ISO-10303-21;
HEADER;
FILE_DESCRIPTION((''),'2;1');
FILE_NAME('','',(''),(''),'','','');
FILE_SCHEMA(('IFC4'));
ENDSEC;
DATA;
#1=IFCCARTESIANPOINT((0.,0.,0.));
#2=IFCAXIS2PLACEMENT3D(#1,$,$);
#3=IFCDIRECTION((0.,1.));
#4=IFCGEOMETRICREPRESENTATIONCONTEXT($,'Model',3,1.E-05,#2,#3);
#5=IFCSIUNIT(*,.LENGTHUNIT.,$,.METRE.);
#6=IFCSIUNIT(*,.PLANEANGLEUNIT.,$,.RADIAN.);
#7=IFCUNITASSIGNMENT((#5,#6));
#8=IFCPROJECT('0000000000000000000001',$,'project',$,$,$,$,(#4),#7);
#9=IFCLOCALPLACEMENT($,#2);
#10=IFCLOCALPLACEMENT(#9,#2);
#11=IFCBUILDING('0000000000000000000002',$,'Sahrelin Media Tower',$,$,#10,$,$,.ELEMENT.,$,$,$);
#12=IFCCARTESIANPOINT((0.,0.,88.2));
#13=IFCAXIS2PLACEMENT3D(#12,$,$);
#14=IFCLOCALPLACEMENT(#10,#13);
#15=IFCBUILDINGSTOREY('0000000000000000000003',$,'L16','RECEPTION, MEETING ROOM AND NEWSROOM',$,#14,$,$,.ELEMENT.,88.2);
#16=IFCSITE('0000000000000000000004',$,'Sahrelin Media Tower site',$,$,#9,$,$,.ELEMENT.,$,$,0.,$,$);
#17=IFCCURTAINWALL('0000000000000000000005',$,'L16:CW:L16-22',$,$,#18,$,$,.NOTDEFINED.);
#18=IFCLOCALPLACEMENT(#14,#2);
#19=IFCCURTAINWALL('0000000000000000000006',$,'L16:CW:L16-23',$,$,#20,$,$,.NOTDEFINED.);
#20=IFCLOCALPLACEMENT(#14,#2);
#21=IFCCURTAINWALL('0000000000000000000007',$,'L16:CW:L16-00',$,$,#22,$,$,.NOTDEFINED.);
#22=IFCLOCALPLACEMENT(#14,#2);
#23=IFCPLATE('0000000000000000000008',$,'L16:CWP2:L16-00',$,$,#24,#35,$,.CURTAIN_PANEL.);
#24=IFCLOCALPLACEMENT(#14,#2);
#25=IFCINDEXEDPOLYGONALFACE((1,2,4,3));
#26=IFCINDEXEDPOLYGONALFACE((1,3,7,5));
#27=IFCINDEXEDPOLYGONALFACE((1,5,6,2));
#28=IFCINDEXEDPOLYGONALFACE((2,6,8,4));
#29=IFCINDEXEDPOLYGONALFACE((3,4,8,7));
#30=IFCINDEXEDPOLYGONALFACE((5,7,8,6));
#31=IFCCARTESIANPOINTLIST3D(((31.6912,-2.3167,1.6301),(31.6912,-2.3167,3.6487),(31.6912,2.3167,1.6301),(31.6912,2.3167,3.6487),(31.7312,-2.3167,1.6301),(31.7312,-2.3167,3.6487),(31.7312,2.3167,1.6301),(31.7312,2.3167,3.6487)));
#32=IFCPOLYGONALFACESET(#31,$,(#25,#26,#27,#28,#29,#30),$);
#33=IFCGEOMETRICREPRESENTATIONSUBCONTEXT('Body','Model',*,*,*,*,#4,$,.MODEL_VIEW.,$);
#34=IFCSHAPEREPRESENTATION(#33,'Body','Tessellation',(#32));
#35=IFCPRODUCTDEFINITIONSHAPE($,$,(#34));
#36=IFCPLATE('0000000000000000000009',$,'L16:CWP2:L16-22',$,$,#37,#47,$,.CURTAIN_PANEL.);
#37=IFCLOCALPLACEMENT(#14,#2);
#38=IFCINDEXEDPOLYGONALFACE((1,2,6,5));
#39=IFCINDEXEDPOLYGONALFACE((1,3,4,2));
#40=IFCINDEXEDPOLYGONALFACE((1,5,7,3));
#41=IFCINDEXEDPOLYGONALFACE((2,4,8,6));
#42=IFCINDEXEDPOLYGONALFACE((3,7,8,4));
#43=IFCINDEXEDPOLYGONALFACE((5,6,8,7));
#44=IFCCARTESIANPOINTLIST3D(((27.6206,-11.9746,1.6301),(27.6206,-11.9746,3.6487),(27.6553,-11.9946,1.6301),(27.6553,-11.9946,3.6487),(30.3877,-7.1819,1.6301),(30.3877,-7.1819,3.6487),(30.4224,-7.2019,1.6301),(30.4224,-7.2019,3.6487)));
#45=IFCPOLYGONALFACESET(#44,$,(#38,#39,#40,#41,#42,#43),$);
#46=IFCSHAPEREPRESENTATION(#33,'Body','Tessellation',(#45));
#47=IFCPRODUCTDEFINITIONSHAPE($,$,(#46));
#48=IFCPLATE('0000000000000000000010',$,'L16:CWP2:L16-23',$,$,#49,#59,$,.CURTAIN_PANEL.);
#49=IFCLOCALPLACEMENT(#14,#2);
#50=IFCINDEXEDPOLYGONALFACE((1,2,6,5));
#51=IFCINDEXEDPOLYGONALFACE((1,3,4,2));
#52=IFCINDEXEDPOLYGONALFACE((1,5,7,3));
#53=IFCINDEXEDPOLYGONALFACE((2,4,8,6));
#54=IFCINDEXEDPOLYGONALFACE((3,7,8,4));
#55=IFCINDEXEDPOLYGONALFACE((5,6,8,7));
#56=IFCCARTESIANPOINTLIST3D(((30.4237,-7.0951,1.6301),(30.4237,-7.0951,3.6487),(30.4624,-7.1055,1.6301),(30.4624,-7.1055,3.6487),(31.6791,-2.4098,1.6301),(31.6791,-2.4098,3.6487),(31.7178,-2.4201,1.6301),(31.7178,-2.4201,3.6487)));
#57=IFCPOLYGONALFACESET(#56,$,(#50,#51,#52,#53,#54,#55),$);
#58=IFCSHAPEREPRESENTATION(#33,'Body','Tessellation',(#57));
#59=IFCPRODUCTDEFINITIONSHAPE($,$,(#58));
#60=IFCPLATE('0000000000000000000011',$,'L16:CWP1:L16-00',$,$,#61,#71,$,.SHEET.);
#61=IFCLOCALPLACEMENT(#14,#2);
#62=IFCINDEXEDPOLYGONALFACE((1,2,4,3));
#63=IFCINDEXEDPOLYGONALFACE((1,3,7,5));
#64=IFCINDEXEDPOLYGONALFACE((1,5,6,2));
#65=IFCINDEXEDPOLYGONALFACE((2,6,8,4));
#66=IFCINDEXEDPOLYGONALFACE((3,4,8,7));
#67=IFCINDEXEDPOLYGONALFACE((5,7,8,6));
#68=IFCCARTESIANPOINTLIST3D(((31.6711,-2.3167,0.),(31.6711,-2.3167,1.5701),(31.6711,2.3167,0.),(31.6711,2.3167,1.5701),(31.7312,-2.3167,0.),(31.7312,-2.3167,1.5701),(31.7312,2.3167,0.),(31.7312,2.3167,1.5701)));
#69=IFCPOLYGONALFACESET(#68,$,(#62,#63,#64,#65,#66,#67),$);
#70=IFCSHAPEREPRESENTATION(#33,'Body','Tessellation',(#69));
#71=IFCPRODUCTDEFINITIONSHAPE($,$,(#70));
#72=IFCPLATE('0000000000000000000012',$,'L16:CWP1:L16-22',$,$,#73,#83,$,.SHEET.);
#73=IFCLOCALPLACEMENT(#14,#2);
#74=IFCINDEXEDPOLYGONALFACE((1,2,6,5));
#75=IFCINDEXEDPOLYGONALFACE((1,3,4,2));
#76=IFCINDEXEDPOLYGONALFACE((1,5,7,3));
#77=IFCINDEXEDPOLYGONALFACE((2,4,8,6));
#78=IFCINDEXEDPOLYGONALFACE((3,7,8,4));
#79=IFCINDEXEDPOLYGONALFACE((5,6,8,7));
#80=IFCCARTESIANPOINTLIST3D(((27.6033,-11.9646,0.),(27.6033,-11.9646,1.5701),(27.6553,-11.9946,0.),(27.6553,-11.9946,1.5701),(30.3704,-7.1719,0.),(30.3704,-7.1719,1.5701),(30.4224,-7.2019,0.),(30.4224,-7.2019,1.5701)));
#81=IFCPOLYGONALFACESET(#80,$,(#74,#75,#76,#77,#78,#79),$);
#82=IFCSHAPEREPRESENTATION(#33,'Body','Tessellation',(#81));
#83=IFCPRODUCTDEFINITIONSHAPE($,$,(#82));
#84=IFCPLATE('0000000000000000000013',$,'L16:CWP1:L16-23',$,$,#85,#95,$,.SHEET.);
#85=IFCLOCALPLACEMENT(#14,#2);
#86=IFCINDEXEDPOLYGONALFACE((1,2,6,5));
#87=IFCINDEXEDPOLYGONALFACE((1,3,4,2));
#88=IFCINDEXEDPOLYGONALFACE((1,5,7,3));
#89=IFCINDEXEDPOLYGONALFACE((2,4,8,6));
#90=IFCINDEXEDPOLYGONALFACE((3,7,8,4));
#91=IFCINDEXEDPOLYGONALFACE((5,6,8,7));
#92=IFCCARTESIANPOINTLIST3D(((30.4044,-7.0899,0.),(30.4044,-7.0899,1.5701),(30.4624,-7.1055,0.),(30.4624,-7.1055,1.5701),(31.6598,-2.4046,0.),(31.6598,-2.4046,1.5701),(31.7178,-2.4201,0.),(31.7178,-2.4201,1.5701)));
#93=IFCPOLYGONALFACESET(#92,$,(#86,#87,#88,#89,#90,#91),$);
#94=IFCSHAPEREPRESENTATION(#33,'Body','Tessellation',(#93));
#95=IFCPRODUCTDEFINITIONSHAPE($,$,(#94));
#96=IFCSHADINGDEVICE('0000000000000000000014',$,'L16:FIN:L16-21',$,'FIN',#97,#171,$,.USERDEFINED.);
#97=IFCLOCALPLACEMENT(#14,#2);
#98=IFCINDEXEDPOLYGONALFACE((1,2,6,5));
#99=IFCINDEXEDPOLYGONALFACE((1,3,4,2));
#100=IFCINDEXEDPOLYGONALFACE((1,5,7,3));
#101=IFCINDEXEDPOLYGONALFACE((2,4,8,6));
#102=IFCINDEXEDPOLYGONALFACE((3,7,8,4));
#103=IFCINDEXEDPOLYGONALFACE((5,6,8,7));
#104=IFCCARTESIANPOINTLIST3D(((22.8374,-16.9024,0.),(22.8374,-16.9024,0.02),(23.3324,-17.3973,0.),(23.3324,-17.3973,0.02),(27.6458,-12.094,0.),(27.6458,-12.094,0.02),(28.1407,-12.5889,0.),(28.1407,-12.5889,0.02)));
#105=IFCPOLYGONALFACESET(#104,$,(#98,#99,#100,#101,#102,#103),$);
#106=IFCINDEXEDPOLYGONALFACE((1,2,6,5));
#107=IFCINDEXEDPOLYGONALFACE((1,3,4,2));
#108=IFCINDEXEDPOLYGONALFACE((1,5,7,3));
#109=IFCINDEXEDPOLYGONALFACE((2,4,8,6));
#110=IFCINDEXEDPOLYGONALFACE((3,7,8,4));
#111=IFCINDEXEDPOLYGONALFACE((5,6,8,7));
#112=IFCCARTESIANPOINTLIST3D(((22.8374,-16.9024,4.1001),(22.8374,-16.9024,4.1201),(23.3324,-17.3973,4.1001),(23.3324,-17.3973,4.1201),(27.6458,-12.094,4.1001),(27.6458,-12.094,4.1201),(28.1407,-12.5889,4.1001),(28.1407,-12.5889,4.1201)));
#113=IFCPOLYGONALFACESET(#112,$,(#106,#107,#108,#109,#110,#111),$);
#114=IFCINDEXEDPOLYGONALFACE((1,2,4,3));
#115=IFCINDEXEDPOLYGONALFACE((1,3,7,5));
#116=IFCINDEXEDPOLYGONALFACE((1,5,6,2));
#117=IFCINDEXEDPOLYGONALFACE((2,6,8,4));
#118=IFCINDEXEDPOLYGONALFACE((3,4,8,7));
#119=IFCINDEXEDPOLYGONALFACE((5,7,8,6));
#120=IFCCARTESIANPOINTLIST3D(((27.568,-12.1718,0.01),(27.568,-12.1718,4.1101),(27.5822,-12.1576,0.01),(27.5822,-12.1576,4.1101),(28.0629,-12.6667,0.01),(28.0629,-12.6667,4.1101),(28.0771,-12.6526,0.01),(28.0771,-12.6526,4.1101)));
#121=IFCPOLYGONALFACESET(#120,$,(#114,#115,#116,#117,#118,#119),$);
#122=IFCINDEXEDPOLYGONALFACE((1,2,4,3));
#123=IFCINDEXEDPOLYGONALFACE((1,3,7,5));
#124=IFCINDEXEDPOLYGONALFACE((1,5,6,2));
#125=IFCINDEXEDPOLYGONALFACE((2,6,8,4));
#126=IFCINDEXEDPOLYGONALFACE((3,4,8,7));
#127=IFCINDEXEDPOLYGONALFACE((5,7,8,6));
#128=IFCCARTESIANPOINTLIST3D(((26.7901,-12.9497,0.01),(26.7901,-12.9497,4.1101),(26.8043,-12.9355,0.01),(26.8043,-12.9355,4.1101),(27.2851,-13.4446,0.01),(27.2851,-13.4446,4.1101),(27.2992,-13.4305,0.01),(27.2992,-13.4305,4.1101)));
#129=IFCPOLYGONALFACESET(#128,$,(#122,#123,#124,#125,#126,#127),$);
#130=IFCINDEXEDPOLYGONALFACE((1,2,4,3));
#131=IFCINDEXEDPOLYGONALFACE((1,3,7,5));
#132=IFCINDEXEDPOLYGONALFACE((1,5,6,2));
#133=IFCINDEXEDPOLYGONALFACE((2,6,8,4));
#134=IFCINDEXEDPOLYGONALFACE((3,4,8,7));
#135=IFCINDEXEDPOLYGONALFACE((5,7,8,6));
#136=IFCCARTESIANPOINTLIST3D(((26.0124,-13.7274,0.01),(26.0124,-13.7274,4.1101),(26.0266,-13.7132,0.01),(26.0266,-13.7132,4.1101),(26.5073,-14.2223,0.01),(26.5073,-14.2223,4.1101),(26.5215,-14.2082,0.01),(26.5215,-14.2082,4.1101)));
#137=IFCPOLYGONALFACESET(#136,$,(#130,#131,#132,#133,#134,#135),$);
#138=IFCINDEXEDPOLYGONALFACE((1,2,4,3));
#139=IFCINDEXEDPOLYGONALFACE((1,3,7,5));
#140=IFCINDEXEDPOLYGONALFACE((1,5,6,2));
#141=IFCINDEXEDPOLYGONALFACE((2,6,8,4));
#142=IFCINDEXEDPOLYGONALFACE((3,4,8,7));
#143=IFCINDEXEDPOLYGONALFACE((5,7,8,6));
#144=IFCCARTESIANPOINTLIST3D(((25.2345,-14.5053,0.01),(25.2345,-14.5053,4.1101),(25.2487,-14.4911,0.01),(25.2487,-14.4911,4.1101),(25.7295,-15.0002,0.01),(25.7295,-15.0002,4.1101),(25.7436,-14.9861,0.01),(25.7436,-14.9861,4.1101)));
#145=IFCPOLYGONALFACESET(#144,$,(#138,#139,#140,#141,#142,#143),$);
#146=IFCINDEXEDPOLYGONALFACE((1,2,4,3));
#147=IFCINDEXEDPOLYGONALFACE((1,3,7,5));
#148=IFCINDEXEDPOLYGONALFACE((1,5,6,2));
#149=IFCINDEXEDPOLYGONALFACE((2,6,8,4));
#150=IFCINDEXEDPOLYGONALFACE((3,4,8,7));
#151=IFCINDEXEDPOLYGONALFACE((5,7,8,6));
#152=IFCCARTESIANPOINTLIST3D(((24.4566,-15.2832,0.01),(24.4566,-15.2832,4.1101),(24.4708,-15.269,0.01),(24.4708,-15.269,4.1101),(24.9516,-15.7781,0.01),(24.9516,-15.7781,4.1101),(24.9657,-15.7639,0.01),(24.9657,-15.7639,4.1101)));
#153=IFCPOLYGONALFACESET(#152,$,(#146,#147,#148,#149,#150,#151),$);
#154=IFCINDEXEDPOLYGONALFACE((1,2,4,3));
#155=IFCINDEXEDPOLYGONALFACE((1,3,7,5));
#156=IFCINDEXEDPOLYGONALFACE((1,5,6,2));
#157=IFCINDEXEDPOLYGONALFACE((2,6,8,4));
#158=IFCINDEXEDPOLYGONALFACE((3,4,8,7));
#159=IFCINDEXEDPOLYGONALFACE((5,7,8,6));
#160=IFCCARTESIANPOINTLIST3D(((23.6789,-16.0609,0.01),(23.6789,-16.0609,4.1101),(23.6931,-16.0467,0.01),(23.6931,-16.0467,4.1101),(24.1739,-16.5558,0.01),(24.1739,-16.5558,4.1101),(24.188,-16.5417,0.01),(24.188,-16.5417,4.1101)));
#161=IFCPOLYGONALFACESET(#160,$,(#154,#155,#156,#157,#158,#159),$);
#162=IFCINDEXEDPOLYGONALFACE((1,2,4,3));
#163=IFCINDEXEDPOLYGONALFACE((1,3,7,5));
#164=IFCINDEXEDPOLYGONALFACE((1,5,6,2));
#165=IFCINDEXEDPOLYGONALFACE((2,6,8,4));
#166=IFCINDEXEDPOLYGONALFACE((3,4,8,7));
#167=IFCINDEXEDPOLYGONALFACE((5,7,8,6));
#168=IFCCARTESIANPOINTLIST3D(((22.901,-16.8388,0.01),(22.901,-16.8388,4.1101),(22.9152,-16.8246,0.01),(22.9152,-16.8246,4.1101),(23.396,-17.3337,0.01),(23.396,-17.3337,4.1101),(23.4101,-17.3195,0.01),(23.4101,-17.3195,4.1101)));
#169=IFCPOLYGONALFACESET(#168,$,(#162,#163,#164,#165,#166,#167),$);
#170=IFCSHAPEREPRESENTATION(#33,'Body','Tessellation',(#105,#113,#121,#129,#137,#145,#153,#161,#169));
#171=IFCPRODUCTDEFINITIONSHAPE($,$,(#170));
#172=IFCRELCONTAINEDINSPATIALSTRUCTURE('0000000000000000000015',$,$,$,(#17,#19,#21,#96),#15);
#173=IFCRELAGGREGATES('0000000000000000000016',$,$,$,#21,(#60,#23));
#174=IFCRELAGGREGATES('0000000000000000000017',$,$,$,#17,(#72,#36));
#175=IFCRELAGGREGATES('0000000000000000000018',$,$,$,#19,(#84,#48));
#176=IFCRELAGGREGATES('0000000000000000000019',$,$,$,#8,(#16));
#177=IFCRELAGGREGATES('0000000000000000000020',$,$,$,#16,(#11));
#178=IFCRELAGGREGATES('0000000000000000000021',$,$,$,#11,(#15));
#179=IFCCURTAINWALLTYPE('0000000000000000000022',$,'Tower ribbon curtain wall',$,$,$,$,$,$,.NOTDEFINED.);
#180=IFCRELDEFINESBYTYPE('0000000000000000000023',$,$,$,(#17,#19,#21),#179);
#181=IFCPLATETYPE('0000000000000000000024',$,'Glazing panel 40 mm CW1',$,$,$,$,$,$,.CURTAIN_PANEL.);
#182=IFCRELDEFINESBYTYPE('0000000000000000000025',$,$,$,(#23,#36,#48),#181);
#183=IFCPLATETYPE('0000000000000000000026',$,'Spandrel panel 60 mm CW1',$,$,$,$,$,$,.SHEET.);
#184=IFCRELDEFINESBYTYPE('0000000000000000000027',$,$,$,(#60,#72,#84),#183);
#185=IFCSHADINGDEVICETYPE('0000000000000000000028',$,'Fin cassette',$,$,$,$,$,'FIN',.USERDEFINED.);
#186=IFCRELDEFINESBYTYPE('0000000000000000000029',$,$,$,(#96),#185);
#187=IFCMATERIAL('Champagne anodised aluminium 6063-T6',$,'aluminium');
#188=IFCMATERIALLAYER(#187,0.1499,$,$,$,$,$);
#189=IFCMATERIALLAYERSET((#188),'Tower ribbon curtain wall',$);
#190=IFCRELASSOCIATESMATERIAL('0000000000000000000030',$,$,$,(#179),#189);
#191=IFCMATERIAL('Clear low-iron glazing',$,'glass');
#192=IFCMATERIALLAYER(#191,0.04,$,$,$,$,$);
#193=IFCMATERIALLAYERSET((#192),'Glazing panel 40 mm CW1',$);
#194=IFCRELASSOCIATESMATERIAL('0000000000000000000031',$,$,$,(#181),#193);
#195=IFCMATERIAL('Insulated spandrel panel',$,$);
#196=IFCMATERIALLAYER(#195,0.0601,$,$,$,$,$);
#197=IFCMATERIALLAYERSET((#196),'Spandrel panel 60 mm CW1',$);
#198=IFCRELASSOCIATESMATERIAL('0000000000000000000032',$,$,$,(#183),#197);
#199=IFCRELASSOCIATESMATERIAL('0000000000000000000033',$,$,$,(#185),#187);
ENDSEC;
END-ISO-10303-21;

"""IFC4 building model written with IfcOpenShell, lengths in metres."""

from ifc_helpers import new_model, si_unit, direction, frame, origin, origin_2d, place, context, subcontext, project, spatial, polyline, rectangle, outline, extrude, material, layer, layer_set, type_object, element, aggregate, save


model = new_model("IFC4")

# Units and contexts
model_context = context("Model", 3, precision=1e-05, world=origin(), true_north=direction((0.0, 1.0)))
body_context = subcontext(model_context, "Body", "Model", "MODEL_VIEW")
ifc_project = project(units=[si_unit("LENGTHUNIT", "METRE"), si_unit("PLANEANGLEUNIT", "RADIAN")], contexts=[model_context])

# Site, building, storey
site_placement = place(None, origin())
site = spatial("IfcSite", under=ifc_project, at=site_placement, Name="Sahrelin Media Tower site", CompositionType="ELEMENT", RefElevation=0.0)
building_placement = place(site_placement, origin())
building = spatial("IfcBuilding", under=site, at=building_placement, Name="Sahrelin Media Tower", CompositionType="ELEMENT")
storey_placement = place(building_placement, frame((0.0, 0.0, 88.2)))
storey = spatial("IfcBuildingStorey", under=building, at=storey_placement, Name="L16", Description="RECEPTION, MEETING ROOM AND NEWSROOM", CompositionType="ELEMENT", Elevation=88.2)

# Curtain walls
ifc_material_1 = material(Name="Champagne anodised aluminium 6063-T6", Category="aluminium")
ifc_layer_1 = layer(ifc_material_1, 0.1499)
ifc_layer_set_1 = layer_set([ifc_layer_1], Name="Tower ribbon curtain wall")
curtain_wall_type = type_object("IfcCurtainWallType", Name="Tower ribbon curtain wall", PredefinedType="NOTDEFINED", material=ifc_layer_set_1)
curtain_wall_1_placement = place(storey_placement, frame((29.0215, -9.5884, 0.0), z_axis=(0.0, 0.0, 1.0), x_axis=(1.0, 0.0, 0.0)))
curtain_wall_1 = element("IfcCurtainWall", 1, at=curtain_wall_1_placement, inside=storey, type_object=curtain_wall_type, Name="L16:CW:L16-22", PredefinedType="NOTDEFINED")
curtain_wall_2_placement = place(storey_placement, frame((31.0708, -4.7576, 0.0), z_axis=(0.0, 0.0, 1.0), x_axis=(1.0, 0.0, 0.0)))
curtain_wall_2 = element("IfcCurtainWall", 2, at=curtain_wall_2_placement, inside=storey, type_object=curtain_wall_type, Name="L16:CW:L16-23", PredefinedType="NOTDEFINED")

# Curtain wall
curtain_wall_3_placement = place(storey_placement, frame((31.7112, 0.0, 0.0), z_axis=(0.0, 0.0, 1.0), x_axis=(1.0, 0.0, 0.0)))
curtain_wall_3 = element("IfcCurtainWall", 3, at=curtain_wall_3_placement, inside=storey, type_object=curtain_wall_type, Name="L16:CW:L16-00", PredefinedType="NOTDEFINED")

# Plates
ifc_material_2 = material(Name="Clear low-iron glazing", Category="glass")
ifc_layer_2 = layer(ifc_material_2, 0.04)
ifc_layer_set_2 = layer_set([ifc_layer_2], Name="Glazing panel 40 mm CW1")
plate_type_1 = type_object("IfcPlateType", Name="Glazing panel 40 mm CW1", PredefinedType="CURTAIN_PANEL", material=ifc_layer_set_2)
plate_1_placement = place(storey_placement, frame((31.7312, -2.3167, 1.6301), z_axis=(1.0, 0.0, 0.0), x_axis=(0.0, 1.0, 0.0)))
plate_1 = element("IfcPlate", 4, at=plate_1_placement, type_object=plate_type_1, Name="L16:CWP2:L16-00", PredefinedType="CURTAIN_PANEL", context=body_context, shape_type="SweptSolid", body=[
    extrude(outline(polyline([(0.0, 0.0), (4.6333, 0.0), (4.6333, 2.0186), (0.0, 2.0186), (0.0, 0.0)])), origin(), (0.0, 0.0, -1.0), 0.04),
])
plate_2_placement = place(storey_placement, frame((27.6553, -11.9946, 1.6301), z_axis=(0.866025, -0.500001, 0.0), x_axis=(0.500001, 0.866025, 0.0)))
plate_2 = element("IfcPlate", 5, at=plate_2_placement, type_object=plate_type_1, Name="L16:CWP2:L16-22", PredefinedType="CURTAIN_PANEL", context=body_context, shape_type="SweptSolid", body=[
    extrude(outline(polyline([(0.0, 0.0), (5.5342, 0.0), (5.5342, 2.0186), (0.0, 2.0186), (0.0, 0.0)])), origin(), (0.0, 0.0, -1.0), 0.04),
])
plate_3_placement = place(storey_placement, frame((30.4624, -7.1055, 1.6301), z_axis=(0.965929, -0.258809, 0.0), x_axis=(0.258809, 0.965929, 0.0)))
plate_3 = element("IfcPlate", 6, at=plate_3_placement, type_object=plate_type_1, Name="L16:CWP2:L16-23", PredefinedType="CURTAIN_PANEL", context=body_context, shape_type="SweptSolid", body=[
    extrude(outline(polyline([(0.0, 0.0), (4.8506, 0.0), (4.8506, 2.0186), (0.0, 2.0186), (0.0, 0.0)])), origin(), (0.0, 0.0, -1.0), 0.04),
])
ifc_material_3 = material(Name="Insulated spandrel panel")
ifc_layer_3 = layer(ifc_material_3, 0.0601)
ifc_layer_set_3 = layer_set([ifc_layer_3], Name="Spandrel panel 60 mm CW1")
plate_type_2 = type_object("IfcPlateType", Name="Spandrel panel 60 mm CW1", PredefinedType="SHEET", material=ifc_layer_set_3)
plate_4_placement = place(storey_placement, frame((31.7312, -2.3167, 0.0), z_axis=(1.0, 0.0, 0.0), x_axis=(0.0, 1.0, 0.0)))
plate_4 = element("IfcPlate", 7, at=plate_4_placement, type_object=plate_type_2, Name="L16:CWP1:L16-00", PredefinedType="SHEET", context=body_context, shape_type="SweptSolid", body=[
    extrude(outline(polyline([(0.0, 0.0), (4.6333, 0.0), (4.6333, 1.5701), (0.0, 1.5701), (0.0, 0.0)])), origin(), (0.0, 0.0, -1.0), 0.0601),
])
aggregate(curtain_wall_3, [plate_4, plate_1])
plate_5_placement = place(storey_placement, frame((27.6553, -11.9946, 0.0), z_axis=(0.866025, -0.500001, 0.0), x_axis=(0.500001, 0.866025, 0.0)))
plate_5 = element("IfcPlate", 8, at=plate_5_placement, type_object=plate_type_2, Name="L16:CWP1:L16-22", PredefinedType="SHEET", context=body_context, shape_type="SweptSolid", body=[
    extrude(outline(polyline([(0.0, 0.0), (5.5342, 0.0), (5.5342, 1.5701), (0.0, 1.5701), (0.0, 0.0)])), origin(), (0.0, 0.0, -1.0), 0.0601),
])
aggregate(curtain_wall_1, [plate_5, plate_2])
plate_6_placement = place(storey_placement, frame((30.4624, -7.1055, 0.0), z_axis=(0.965929, -0.258809, 0.0), x_axis=(0.258809, 0.965929, 0.0)))
plate_6 = element("IfcPlate", 9, at=plate_6_placement, type_object=plate_type_2, Name="L16:CWP1:L16-23", PredefinedType="SHEET", context=body_context, shape_type="SweptSolid", body=[
    extrude(outline(polyline([(0.0, 0.0), (4.8506, 0.0), (4.8506, 1.5701), (0.0, 1.5701), (0.0, 0.0)])), origin(), (0.0, 0.0, -1.0), 0.0601),
])
aggregate(curtain_wall_2, [plate_6, plate_3])

# Shading device
shading_device_type_1 = type_object("IfcShadingDeviceType", Name="Fin cassette", ElementType="FIN", PredefinedType="USERDEFINED", material=ifc_material_1)
placement_1 = place(storey_placement, frame((25.1921, -14.4487, 0.0), z_axis=(0.0, 0.0, 1.0), x_axis=(-0.707107, -0.707107, 0.0)))
element("IfcShadingDevice", 10, at=placement_1, inside=storey, type_object=shading_device_type_1, Name="L16:FIN:L16-21", ObjectType="FIN", PredefinedType="USERDEFINED", context=body_context, shape_type="SweptSolid", body=[
    extrude(rectangle(XDim=6.8, YDim=0.7, at=origin_2d()), frame((0.0, 0.4199, 0.0)), (0.0, 0.0, 1.0), 0.02),
    extrude(rectangle(XDim=6.8, YDim=0.7, at=origin_2d()), frame((0.0, 0.4199, 4.1001)), (0.0, 0.0, 1.0), 0.02),
    extrude(rectangle(XDim=0.02, YDim=0.7, at=origin_2d()), frame((-3.3, 0.4199, 0.01), z_axis=(0.0, 0.0, 1.0), x_axis=(1.0, 0.0, 0.0)), (0.0, 0.0, 1.0), 4.1001),
    extrude(rectangle(XDim=0.02, YDim=0.7, at=origin_2d()), frame((-2.2, 0.4199, 0.01), z_axis=(0.0, 0.0, 1.0), x_axis=(1.0, 0.0, 0.0)), (0.0, 0.0, 1.0), 4.1001),
    extrude(rectangle(XDim=0.02, YDim=0.7, at=origin_2d()), frame((-1.1001, 0.4199, 0.01), z_axis=(0.0, 0.0, 1.0), x_axis=(1.0, 0.0, 0.0)), (0.0, 0.0, 1.0), 4.1001),
    extrude(rectangle(XDim=0.02, YDim=0.7, at=origin_2d()), frame((0.0, 0.4199, 0.01), z_axis=(0.0, 0.0, 1.0), x_axis=(1.0, 0.0, 0.0)), (0.0, 0.0, 1.0), 4.1001),
    extrude(rectangle(XDim=0.02, YDim=0.7, at=origin_2d()), frame((1.1001, 0.4199, 0.01), z_axis=(0.0, 0.0, 1.0), x_axis=(1.0, 0.0, 0.0)), (0.0, 0.0, 1.0), 4.1001),
    extrude(rectangle(XDim=0.02, YDim=0.7, at=origin_2d()), frame((2.2, 0.4199, 0.01), z_axis=(0.0, 0.0, 1.0), x_axis=(1.0, 0.0, 0.0)), (0.0, 0.0, 1.0), 4.1001),
    extrude(rectangle(XDim=0.02, YDim=0.7, at=origin_2d()), frame((3.3, 0.4199, 0.01), z_axis=(0.0, 0.0, 1.0), x_axis=(1.0, 0.0, 0.0)), (0.0, 0.0, 1.0), 4.1001),
])

save(model, "model.ifc")
